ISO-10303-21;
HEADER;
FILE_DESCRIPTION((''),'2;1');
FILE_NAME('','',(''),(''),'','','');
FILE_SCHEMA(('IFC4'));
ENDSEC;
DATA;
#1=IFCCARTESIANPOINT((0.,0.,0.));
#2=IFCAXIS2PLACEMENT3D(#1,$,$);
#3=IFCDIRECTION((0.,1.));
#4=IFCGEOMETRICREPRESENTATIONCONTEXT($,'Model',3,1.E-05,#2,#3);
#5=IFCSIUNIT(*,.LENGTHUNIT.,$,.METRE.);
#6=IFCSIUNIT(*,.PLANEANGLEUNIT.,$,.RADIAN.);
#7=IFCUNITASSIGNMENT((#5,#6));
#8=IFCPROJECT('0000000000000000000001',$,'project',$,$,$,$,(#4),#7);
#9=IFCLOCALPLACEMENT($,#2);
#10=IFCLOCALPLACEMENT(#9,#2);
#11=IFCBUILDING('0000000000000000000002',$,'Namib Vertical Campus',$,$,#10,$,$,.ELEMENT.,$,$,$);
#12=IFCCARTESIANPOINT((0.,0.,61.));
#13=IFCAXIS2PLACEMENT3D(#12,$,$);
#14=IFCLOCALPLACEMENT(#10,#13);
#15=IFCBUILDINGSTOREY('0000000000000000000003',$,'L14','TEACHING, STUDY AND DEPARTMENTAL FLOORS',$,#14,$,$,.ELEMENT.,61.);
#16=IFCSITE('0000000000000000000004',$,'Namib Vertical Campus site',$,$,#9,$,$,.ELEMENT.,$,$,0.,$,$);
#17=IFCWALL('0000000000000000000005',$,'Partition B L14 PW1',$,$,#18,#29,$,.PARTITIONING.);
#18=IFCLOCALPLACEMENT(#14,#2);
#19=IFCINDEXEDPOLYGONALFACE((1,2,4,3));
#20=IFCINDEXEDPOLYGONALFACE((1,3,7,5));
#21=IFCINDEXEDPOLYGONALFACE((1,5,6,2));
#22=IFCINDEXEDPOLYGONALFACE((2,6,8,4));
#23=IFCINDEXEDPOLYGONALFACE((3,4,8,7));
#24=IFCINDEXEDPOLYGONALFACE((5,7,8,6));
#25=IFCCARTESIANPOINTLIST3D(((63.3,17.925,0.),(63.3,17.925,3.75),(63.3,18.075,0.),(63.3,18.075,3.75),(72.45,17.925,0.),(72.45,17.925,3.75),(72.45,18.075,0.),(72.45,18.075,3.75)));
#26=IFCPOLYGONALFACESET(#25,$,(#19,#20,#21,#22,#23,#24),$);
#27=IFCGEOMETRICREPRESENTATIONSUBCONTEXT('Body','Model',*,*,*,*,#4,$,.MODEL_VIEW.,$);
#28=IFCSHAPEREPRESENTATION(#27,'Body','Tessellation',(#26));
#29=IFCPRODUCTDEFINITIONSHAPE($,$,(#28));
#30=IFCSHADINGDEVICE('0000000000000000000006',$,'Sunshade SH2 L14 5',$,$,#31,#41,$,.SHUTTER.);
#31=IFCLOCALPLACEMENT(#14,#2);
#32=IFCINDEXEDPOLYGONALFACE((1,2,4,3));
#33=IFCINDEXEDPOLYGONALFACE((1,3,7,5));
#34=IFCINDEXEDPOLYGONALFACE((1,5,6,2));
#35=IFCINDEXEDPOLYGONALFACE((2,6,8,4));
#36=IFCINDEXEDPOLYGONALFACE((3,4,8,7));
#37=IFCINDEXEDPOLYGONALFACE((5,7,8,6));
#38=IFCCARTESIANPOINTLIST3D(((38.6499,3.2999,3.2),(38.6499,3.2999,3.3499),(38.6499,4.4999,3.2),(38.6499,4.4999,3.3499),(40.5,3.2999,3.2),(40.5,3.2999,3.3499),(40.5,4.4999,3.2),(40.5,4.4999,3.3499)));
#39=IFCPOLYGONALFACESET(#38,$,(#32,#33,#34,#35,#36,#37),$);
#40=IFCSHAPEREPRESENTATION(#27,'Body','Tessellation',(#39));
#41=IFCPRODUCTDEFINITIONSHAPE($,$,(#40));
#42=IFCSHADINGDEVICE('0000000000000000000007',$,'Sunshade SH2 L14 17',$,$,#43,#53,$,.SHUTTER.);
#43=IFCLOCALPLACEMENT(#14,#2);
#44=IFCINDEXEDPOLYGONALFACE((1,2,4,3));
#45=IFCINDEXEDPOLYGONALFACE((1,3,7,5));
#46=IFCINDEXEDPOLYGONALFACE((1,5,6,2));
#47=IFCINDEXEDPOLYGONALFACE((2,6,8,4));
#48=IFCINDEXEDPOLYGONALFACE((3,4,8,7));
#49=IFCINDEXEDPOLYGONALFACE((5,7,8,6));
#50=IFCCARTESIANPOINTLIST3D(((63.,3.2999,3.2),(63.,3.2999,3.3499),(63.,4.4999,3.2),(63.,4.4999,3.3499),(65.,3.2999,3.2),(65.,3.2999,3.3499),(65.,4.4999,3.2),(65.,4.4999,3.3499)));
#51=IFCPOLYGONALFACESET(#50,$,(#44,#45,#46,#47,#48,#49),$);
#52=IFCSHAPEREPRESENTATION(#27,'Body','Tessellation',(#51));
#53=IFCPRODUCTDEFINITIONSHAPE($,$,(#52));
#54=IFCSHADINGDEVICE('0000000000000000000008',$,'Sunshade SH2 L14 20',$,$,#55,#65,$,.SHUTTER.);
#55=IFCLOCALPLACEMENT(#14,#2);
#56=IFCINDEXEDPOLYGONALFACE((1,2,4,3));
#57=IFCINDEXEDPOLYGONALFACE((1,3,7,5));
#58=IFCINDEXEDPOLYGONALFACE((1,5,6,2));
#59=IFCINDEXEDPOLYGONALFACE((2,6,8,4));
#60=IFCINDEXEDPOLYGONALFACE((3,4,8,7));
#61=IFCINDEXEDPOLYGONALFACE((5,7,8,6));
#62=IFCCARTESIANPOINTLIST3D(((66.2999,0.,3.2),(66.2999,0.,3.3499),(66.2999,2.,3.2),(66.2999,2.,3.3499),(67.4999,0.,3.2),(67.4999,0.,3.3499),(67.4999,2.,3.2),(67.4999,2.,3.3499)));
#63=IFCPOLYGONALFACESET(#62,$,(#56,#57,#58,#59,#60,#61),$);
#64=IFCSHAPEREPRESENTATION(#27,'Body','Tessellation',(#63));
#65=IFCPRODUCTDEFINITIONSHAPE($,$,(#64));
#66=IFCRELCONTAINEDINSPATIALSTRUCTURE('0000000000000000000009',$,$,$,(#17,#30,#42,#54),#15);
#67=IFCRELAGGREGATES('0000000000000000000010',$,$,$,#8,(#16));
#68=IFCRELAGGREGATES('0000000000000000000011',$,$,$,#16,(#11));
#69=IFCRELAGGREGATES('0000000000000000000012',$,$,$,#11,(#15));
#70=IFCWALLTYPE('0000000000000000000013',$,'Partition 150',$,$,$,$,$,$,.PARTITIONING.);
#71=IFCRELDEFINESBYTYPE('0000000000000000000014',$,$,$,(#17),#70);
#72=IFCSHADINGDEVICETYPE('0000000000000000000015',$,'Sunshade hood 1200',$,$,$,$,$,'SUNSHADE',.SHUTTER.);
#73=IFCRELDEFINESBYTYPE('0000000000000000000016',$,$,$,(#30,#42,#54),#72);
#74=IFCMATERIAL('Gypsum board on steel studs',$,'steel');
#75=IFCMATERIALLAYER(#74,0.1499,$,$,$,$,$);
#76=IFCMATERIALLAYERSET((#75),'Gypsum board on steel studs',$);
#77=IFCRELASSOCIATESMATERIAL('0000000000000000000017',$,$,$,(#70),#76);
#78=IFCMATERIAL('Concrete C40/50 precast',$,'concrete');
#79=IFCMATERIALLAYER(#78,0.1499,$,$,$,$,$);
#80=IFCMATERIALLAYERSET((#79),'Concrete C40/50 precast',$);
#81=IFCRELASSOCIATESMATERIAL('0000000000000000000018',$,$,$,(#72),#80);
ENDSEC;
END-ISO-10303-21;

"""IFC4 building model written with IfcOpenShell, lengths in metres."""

from ifc_helpers import new_model, si_unit, direction, frame, frame_2d, origin, origin_2d, place, context, subcontext, project, spatial, rectangle, extrude, material, layer, layer_set, type_object, element, save


model = new_model("IFC4")

# Units and contexts
model_context = context("Model", 3, precision=1e-05, world=origin(), true_north=direction((0.0, 1.0)))
body_context = subcontext(model_context, "Body", "Model", "MODEL_VIEW")
ifc_project = project(units=[si_unit("LENGTHUNIT", "METRE"), si_unit("PLANEANGLEUNIT", "RADIAN")], contexts=[model_context])

# Site, building, storey
site_placement = place(None, origin())
site = spatial("IfcSite", under=ifc_project, at=site_placement, Name="Namib Vertical Campus site", CompositionType="ELEMENT", RefElevation=0.0)
building_placement = place(site_placement, origin())
building = spatial("IfcBuilding", under=site, at=building_placement, Name="Namib Vertical Campus", CompositionType="ELEMENT")
storey_placement = place(building_placement, frame((0.0, 0.0, 61.0)))
storey = spatial("IfcBuildingStorey", under=building, at=storey_placement, Name="L14", Description="TEACHING, STUDY AND DEPARTMENTAL FLOORS", CompositionType="ELEMENT", Elevation=61.0)

# Wall
ifc_material_1 = material(Name="Gypsum board on steel studs", Category="steel")
ifc_layer_1 = layer(ifc_material_1, 0.1499)
ifc_layer_set_1 = layer_set([ifc_layer_1], Name="Gypsum board on steel studs")
wall_type_1 = type_object("IfcWallType", Name="Partition 150", PredefinedType="PARTITIONING", material=ifc_layer_set_1)
wall_1_placement = place(storey_placement, frame((63.3, 18.0, 0.0), z_axis=(0.0, 0.0, 1.0), x_axis=(1.0, 0.0, 0.0)))
element("IfcWall", 1, at=wall_1_placement, inside=storey, type_object=wall_type_1, Name="Partition B L14 PW1", PredefinedType="PARTITIONING", context=body_context, shape_type="SweptSolid", body=[
    extrude(rectangle(XDim=9.1499, YDim=0.1499, at=frame_2d((4.575, 0.0))), origin(), (0.0, 0.0, 1.0), 3.75),
])

# Shading devices
ifc_material_2 = material(Name="Concrete C40/50 precast", Category="concrete")
ifc_layer_2 = layer(ifc_material_2, 0.1499)
ifc_layer_set_2 = layer_set([ifc_layer_2], Name="Concrete C40/50 precast")
shading_device_type = type_object("IfcShadingDeviceType", Name="Sunshade hood 1200", ElementType="SUNSHADE", PredefinedType="SHUTTER", material=ifc_layer_set_2)
shading_device_placement = place(storey_placement, frame((39.575, 3.8999, 3.2), z_axis=(0.0, 0.0, 1.0), x_axis=(1.0, 0.0, 0.0)))
element("IfcShadingDevice", 2, at=shading_device_placement, inside=storey, type_object=shading_device_type, Name="Sunshade SH2 L14 5", PredefinedType="SHUTTER", context=body_context, shape_type="SweptSolid", body=[
    extrude(rectangle(XDim=1.8501, YDim=1.2, at=origin_2d()), origin(), (0.0, 0.0, 1.0), 0.1499),
])
for number, where, z_axis, x_axis, name in (
    (3, (64.0, 3.8999, 3.2), (0.0, 0.0, 1.0), (1.0, 0.0, 0.0), "Sunshade SH2 L14 17"),
    (4, (66.8999, 1.0, 3.2), (0.0, 0.0, 1.0), (0.0, -1.0, 0.0), "Sunshade SH2 L14 20"),
):
    element("IfcShadingDevice", number, at=place(storey_placement, frame(where, z_axis=z_axis, x_axis=x_axis)), inside=storey, type_object=shading_device_type, Name=name, PredefinedType="SHUTTER", context=body_context, shape_type="SweptSolid", body=[
        extrude(rectangle(XDim=2.0, YDim=1.2, at=origin_2d()), origin(), (0.0, 0.0, 1.0), 0.1499),
    ])

save(model, "model.ifc")
